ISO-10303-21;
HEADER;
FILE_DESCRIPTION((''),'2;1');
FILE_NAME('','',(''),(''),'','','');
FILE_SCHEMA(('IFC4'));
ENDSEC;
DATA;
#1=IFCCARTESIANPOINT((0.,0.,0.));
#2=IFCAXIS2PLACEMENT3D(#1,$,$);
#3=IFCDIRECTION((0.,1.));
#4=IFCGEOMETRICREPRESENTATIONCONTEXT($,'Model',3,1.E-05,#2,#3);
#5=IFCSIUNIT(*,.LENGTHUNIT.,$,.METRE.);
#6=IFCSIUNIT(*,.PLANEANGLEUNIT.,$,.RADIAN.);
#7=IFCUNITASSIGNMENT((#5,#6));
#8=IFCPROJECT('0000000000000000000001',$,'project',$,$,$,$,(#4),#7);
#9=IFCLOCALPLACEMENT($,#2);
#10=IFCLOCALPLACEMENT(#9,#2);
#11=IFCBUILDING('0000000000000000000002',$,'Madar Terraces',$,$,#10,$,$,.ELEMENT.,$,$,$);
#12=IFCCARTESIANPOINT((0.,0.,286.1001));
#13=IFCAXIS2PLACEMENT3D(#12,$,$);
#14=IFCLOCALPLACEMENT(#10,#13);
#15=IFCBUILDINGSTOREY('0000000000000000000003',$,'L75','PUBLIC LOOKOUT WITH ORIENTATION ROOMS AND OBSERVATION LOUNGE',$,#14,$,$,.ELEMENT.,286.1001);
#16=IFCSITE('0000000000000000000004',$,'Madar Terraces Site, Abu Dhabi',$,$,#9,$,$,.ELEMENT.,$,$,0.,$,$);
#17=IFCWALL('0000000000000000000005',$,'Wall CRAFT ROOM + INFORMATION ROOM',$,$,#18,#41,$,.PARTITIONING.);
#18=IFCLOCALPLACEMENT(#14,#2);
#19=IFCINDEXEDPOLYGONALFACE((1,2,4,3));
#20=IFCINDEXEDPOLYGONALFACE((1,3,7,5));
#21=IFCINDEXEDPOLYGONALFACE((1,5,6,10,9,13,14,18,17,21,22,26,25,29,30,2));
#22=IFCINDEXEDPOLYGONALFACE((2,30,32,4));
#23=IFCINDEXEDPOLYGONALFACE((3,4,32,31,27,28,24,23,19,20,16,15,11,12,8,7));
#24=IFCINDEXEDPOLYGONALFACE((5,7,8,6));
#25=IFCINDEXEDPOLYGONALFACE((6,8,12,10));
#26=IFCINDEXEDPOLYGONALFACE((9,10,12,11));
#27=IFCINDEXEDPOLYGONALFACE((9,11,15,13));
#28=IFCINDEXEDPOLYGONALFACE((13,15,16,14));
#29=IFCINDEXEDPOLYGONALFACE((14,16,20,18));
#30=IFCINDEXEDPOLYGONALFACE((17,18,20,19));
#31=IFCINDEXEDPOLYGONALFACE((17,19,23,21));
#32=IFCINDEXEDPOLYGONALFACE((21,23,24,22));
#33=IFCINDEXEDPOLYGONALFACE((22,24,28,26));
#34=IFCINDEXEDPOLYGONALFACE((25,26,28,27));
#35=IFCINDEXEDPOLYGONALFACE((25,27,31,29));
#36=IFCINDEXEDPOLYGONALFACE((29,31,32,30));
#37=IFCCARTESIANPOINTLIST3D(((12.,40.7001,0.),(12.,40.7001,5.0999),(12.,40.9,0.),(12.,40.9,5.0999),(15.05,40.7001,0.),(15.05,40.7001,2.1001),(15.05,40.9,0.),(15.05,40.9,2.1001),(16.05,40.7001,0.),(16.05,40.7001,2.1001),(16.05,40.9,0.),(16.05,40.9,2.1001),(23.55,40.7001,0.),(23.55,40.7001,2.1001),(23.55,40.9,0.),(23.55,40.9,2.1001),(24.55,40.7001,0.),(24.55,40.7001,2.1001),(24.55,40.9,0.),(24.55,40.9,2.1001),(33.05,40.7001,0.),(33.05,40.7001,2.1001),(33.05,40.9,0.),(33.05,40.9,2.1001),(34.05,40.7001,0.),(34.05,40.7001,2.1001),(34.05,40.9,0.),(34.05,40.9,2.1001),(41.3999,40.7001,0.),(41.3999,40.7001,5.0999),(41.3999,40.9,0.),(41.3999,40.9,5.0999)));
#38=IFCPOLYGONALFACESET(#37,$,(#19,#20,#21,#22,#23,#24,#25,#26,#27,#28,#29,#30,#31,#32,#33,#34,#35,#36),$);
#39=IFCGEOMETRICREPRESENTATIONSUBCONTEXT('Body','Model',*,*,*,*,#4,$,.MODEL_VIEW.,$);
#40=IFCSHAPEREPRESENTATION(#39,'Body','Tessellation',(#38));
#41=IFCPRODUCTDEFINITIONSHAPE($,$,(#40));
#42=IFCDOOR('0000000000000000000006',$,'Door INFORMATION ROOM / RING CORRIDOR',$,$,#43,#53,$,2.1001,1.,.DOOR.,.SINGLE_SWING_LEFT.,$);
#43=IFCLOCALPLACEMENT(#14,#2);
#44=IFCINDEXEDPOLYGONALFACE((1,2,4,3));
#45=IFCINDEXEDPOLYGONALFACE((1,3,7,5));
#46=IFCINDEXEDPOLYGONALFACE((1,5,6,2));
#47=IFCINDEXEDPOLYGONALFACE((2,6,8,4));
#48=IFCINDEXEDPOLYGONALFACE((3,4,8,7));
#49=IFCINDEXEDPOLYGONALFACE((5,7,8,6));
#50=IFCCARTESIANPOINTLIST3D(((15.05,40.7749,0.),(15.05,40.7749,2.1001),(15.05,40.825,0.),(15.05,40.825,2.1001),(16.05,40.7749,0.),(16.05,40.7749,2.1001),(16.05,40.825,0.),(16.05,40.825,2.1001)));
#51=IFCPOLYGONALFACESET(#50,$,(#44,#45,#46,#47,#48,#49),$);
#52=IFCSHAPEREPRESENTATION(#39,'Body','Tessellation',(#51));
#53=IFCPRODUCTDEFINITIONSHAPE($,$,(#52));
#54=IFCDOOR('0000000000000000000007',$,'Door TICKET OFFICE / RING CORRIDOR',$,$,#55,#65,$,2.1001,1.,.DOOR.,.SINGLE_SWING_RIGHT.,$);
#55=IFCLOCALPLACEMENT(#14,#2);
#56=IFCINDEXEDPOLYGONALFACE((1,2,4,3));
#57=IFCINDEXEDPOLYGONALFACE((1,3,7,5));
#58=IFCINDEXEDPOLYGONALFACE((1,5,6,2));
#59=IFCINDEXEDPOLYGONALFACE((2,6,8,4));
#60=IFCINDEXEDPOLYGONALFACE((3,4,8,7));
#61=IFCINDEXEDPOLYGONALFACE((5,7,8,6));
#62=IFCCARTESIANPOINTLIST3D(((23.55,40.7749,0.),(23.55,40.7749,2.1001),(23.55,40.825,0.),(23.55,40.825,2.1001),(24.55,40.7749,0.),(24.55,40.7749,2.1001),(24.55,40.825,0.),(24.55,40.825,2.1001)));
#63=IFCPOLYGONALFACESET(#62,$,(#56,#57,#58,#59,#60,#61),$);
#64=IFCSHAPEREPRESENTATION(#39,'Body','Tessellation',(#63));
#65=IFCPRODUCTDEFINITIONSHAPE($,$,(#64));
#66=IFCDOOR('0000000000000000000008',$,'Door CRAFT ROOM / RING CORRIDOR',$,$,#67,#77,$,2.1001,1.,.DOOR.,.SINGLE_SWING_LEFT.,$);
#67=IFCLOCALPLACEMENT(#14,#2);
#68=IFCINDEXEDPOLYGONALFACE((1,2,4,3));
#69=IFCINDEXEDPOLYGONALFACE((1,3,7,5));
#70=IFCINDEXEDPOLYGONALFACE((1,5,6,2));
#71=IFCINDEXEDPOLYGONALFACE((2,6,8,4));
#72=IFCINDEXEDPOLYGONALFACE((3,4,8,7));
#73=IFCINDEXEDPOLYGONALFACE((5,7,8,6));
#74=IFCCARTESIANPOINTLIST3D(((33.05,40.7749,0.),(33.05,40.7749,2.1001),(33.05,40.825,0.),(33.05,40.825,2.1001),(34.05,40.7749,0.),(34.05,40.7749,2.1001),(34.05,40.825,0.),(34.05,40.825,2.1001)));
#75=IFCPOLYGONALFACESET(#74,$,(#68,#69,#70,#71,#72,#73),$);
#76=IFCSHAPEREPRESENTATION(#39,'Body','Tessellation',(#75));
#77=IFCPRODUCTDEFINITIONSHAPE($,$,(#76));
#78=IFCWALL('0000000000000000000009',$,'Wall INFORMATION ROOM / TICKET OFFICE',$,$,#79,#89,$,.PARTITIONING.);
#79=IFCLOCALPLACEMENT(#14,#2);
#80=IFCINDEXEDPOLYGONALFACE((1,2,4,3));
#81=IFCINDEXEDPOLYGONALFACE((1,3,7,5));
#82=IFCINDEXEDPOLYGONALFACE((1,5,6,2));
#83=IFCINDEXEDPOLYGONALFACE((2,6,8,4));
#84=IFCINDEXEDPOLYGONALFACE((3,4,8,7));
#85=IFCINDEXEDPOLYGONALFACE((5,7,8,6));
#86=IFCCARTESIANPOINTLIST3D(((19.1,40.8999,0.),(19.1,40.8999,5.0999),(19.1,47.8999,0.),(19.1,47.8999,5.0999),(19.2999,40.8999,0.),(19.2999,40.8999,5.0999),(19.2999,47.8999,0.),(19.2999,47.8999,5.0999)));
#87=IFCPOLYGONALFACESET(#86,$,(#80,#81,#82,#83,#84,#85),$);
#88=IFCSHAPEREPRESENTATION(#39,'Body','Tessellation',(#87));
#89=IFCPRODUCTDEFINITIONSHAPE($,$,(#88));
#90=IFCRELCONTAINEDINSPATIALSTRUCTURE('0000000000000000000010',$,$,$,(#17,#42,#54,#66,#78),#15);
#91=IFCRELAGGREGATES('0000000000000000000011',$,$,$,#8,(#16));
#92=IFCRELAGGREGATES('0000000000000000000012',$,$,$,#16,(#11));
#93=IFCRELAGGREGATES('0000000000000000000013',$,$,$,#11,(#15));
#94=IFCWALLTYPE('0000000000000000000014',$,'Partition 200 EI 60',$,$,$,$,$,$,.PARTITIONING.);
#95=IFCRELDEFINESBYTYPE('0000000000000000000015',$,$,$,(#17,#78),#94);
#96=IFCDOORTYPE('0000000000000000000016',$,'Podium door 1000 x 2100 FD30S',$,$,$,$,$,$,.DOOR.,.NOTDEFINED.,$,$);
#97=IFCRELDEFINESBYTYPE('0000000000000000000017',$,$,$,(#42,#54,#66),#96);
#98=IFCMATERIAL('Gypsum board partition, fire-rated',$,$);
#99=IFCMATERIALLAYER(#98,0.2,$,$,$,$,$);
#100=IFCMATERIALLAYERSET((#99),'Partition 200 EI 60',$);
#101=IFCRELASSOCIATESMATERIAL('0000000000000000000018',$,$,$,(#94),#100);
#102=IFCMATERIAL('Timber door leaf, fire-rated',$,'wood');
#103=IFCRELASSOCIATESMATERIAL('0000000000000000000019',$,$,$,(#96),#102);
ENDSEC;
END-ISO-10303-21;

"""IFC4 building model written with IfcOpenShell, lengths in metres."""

from ifc_helpers import new_model, si_unit, direction, frame, frame_2d, origin, place, context, subcontext, project, spatial, rectangle, extrude, material, layer, layer_set, type_object, element, fill, save


model = new_model("IFC4")

# Units and contexts
model_context = context("Model", 3, precision=1e-05, world=origin(), true_north=direction((0.0, 1.0)))
body_context = subcontext(model_context, "Body", "Model", "MODEL_VIEW")
ifc_project = project(units=[si_unit("LENGTHUNIT", "METRE"), si_unit("PLANEANGLEUNIT", "RADIAN")], contexts=[model_context])

# Site, building, storey
site_placement = place(None, origin())
site = spatial("IfcSite", under=ifc_project, at=site_placement, Name="Madar Terraces Site, Abu Dhabi", CompositionType="ELEMENT", RefElevation=0.0)
building_placement = place(site_placement, origin())
building = spatial("IfcBuilding", under=site, at=building_placement, Name="Madar Terraces", CompositionType="ELEMENT")
storey_placement = place(building_placement, frame((0.0, 0.0, 286.1001)))
storey = spatial("IfcBuildingStorey", under=building, at=storey_placement, Name="L75", Description="PUBLIC LOOKOUT WITH ORIENTATION ROOMS AND OBSERVATION LOUNGE", CompositionType="ELEMENT", Elevation=286.1001)

# Wall, openings, doors
ifc_material_1 = material(Name="Gypsum board partition, fire-rated")
ifc_layer_1 = layer(ifc_material_1, 0.2)
ifc_layer_set_1 = layer_set([ifc_layer_1], Name="Partition 200 EI 60")
wall_type_1 = type_object("IfcWallType", Name="Partition 200 EI 60", PredefinedType="PARTITIONING", material=ifc_layer_set_1)
wall_1_placement = place(storey_placement, frame((12.0, 40.8, 0.0), z_axis=(0.0, 0.0, 1.0), x_axis=(1.0, 0.0, 0.0)))
wall_1 = element("IfcWall", 1, at=wall_1_placement, inside=storey, type_object=wall_type_1, Name="Wall CRAFT ROOM + INFORMATION ROOM", PredefinedType="PARTITIONING", context=body_context, shape_type="SweptSolid", body=[
    extrude(rectangle(XDim=29.3999, YDim=0.2, at=frame_2d((14.7, 0.0))), origin(), (0.0, 0.0, 1.0), 5.0999),
])
opening_1_placement = place(wall_1_placement, frame((3.05, 0.0, 0.0)))
opening_1 = element("IfcOpeningElement", 2, at=opening_1_placement, cuts=wall_1, PredefinedType="OPENING", context=body_context, shape_type="SweptSolid", body=[
    extrude(rectangle(XDim=1.0, YDim=2.1001, at=frame_2d((0.5, 1.05))), frame((0.0, 0.1099, 0.0), z_axis=(0.0, -1.0, 0.0), x_axis=(1.0, 0.0, 0.0)), (0.0, 0.0, 1.0), 0.22),
])
opening_2_placement = place(wall_1_placement, frame((11.55, 0.0, 0.0)))
opening_2 = element("IfcOpeningElement", 3, at=opening_2_placement, cuts=wall_1, PredefinedType="OPENING", context=body_context, shape_type="SweptSolid", body=[
    extrude(rectangle(XDim=1.0, YDim=2.1001, at=frame_2d((0.5, 1.05))), frame((0.0, 0.1099, 0.0), z_axis=(0.0, -1.0, 0.0), x_axis=(1.0, 0.0, 0.0)), (0.0, 0.0, 1.0), 0.22),
])
opening_3_placement = place(wall_1_placement, frame((21.05, 0.0, 0.0)))
opening_3 = element("IfcOpeningElement", 4, at=opening_3_placement, cuts=wall_1, PredefinedType="OPENING", context=body_context, shape_type="SweptSolid", body=[
    extrude(rectangle(XDim=1.0, YDim=2.1001, at=frame_2d((0.5, 1.05))), frame((0.0, 0.1099, 0.0), z_axis=(0.0, -1.0, 0.0), x_axis=(1.0, 0.0, 0.0)), (0.0, 0.0, 1.0), 0.22),
])
ifc_material_2 = material(Name="Timber door leaf, fire-rated", Category="wood")
door_type_1 = type_object("IfcDoorType", Name="Podium door 1000 x 2100 FD30S", OperationType="NOTDEFINED", PredefinedType="DOOR", material=ifc_material_2)
door_1_placement = place(opening_1_placement, origin())
door_1 = element("IfcDoor", 5, at=door_1_placement, inside=storey, type_object=door_type_1, Name="Door INFORMATION ROOM / RING CORRIDOR", OperationType="SINGLE_SWING_LEFT", OverallHeight=2.1001, OverallWidth=1.0, PredefinedType="DOOR", context=body_context, shape_type="SweptSolid", body=[
    extrude(rectangle(XDim=1.0, YDim=2.1001, at=frame_2d((0.5, 1.05))), frame((0.0, 0.0249, 0.0), z_axis=(0.0, -1.0, 0.0), x_axis=(1.0, 0.0, 0.0)), (0.0, 0.0, 1.0), 0.05),
])
fill(opening_1, door_1)
door_2_placement = place(opening_2_placement, origin())
door_2 = element("IfcDoor", 6, at=door_2_placement, inside=storey, type_object=door_type_1, Name="Door TICKET OFFICE / RING CORRIDOR", OperationType="SINGLE_SWING_RIGHT", OverallHeight=2.1001, OverallWidth=1.0, PredefinedType="DOOR", context=body_context, shape_type="SweptSolid", body=[
    extrude(rectangle(XDim=1.0, YDim=2.1001, at=frame_2d((0.5, 1.05))), frame((0.0, 0.0249, 0.0), z_axis=(0.0, -1.0, 0.0), x_axis=(1.0, 0.0, 0.0)), (0.0, 0.0, 1.0), 0.05),
])
fill(opening_2, door_2)
door_3_placement = place(opening_3_placement, origin())
door_3 = element("IfcDoor", 7, at=door_3_placement, inside=storey, type_object=door_type_1, Name="Door CRAFT ROOM / RING CORRIDOR", OperationType="SINGLE_SWING_LEFT", OverallHeight=2.1001, OverallWidth=1.0, PredefinedType="DOOR", context=body_context, shape_type="SweptSolid", body=[
    extrude(rectangle(XDim=1.0, YDim=2.1001, at=frame_2d((0.5, 1.05))), frame((0.0, 0.0249, 0.0), z_axis=(0.0, -1.0, 0.0), x_axis=(1.0, 0.0, 0.0)), (0.0, 0.0, 1.0), 0.05),
])
fill(opening_3, door_3)

# Wall
wall_2_placement = place(storey_placement, frame((19.2, 40.8999, 0.0), z_axis=(0.0, 0.0, 1.0), x_axis=(0.0, 1.0, 0.0)))
element("IfcWall", 8, at=wall_2_placement, inside=storey, type_object=wall_type_1, Name="Wall INFORMATION ROOM / TICKET OFFICE", PredefinedType="PARTITIONING", context=body_context, shape_type="SweptSolid", body=[
    extrude(rectangle(XDim=7.0, YDim=0.2, at=frame_2d((3.5, 0.0))), origin(), (0.0, 0.0, 1.0), 5.0999),
])

save(model, "model.ifc")
